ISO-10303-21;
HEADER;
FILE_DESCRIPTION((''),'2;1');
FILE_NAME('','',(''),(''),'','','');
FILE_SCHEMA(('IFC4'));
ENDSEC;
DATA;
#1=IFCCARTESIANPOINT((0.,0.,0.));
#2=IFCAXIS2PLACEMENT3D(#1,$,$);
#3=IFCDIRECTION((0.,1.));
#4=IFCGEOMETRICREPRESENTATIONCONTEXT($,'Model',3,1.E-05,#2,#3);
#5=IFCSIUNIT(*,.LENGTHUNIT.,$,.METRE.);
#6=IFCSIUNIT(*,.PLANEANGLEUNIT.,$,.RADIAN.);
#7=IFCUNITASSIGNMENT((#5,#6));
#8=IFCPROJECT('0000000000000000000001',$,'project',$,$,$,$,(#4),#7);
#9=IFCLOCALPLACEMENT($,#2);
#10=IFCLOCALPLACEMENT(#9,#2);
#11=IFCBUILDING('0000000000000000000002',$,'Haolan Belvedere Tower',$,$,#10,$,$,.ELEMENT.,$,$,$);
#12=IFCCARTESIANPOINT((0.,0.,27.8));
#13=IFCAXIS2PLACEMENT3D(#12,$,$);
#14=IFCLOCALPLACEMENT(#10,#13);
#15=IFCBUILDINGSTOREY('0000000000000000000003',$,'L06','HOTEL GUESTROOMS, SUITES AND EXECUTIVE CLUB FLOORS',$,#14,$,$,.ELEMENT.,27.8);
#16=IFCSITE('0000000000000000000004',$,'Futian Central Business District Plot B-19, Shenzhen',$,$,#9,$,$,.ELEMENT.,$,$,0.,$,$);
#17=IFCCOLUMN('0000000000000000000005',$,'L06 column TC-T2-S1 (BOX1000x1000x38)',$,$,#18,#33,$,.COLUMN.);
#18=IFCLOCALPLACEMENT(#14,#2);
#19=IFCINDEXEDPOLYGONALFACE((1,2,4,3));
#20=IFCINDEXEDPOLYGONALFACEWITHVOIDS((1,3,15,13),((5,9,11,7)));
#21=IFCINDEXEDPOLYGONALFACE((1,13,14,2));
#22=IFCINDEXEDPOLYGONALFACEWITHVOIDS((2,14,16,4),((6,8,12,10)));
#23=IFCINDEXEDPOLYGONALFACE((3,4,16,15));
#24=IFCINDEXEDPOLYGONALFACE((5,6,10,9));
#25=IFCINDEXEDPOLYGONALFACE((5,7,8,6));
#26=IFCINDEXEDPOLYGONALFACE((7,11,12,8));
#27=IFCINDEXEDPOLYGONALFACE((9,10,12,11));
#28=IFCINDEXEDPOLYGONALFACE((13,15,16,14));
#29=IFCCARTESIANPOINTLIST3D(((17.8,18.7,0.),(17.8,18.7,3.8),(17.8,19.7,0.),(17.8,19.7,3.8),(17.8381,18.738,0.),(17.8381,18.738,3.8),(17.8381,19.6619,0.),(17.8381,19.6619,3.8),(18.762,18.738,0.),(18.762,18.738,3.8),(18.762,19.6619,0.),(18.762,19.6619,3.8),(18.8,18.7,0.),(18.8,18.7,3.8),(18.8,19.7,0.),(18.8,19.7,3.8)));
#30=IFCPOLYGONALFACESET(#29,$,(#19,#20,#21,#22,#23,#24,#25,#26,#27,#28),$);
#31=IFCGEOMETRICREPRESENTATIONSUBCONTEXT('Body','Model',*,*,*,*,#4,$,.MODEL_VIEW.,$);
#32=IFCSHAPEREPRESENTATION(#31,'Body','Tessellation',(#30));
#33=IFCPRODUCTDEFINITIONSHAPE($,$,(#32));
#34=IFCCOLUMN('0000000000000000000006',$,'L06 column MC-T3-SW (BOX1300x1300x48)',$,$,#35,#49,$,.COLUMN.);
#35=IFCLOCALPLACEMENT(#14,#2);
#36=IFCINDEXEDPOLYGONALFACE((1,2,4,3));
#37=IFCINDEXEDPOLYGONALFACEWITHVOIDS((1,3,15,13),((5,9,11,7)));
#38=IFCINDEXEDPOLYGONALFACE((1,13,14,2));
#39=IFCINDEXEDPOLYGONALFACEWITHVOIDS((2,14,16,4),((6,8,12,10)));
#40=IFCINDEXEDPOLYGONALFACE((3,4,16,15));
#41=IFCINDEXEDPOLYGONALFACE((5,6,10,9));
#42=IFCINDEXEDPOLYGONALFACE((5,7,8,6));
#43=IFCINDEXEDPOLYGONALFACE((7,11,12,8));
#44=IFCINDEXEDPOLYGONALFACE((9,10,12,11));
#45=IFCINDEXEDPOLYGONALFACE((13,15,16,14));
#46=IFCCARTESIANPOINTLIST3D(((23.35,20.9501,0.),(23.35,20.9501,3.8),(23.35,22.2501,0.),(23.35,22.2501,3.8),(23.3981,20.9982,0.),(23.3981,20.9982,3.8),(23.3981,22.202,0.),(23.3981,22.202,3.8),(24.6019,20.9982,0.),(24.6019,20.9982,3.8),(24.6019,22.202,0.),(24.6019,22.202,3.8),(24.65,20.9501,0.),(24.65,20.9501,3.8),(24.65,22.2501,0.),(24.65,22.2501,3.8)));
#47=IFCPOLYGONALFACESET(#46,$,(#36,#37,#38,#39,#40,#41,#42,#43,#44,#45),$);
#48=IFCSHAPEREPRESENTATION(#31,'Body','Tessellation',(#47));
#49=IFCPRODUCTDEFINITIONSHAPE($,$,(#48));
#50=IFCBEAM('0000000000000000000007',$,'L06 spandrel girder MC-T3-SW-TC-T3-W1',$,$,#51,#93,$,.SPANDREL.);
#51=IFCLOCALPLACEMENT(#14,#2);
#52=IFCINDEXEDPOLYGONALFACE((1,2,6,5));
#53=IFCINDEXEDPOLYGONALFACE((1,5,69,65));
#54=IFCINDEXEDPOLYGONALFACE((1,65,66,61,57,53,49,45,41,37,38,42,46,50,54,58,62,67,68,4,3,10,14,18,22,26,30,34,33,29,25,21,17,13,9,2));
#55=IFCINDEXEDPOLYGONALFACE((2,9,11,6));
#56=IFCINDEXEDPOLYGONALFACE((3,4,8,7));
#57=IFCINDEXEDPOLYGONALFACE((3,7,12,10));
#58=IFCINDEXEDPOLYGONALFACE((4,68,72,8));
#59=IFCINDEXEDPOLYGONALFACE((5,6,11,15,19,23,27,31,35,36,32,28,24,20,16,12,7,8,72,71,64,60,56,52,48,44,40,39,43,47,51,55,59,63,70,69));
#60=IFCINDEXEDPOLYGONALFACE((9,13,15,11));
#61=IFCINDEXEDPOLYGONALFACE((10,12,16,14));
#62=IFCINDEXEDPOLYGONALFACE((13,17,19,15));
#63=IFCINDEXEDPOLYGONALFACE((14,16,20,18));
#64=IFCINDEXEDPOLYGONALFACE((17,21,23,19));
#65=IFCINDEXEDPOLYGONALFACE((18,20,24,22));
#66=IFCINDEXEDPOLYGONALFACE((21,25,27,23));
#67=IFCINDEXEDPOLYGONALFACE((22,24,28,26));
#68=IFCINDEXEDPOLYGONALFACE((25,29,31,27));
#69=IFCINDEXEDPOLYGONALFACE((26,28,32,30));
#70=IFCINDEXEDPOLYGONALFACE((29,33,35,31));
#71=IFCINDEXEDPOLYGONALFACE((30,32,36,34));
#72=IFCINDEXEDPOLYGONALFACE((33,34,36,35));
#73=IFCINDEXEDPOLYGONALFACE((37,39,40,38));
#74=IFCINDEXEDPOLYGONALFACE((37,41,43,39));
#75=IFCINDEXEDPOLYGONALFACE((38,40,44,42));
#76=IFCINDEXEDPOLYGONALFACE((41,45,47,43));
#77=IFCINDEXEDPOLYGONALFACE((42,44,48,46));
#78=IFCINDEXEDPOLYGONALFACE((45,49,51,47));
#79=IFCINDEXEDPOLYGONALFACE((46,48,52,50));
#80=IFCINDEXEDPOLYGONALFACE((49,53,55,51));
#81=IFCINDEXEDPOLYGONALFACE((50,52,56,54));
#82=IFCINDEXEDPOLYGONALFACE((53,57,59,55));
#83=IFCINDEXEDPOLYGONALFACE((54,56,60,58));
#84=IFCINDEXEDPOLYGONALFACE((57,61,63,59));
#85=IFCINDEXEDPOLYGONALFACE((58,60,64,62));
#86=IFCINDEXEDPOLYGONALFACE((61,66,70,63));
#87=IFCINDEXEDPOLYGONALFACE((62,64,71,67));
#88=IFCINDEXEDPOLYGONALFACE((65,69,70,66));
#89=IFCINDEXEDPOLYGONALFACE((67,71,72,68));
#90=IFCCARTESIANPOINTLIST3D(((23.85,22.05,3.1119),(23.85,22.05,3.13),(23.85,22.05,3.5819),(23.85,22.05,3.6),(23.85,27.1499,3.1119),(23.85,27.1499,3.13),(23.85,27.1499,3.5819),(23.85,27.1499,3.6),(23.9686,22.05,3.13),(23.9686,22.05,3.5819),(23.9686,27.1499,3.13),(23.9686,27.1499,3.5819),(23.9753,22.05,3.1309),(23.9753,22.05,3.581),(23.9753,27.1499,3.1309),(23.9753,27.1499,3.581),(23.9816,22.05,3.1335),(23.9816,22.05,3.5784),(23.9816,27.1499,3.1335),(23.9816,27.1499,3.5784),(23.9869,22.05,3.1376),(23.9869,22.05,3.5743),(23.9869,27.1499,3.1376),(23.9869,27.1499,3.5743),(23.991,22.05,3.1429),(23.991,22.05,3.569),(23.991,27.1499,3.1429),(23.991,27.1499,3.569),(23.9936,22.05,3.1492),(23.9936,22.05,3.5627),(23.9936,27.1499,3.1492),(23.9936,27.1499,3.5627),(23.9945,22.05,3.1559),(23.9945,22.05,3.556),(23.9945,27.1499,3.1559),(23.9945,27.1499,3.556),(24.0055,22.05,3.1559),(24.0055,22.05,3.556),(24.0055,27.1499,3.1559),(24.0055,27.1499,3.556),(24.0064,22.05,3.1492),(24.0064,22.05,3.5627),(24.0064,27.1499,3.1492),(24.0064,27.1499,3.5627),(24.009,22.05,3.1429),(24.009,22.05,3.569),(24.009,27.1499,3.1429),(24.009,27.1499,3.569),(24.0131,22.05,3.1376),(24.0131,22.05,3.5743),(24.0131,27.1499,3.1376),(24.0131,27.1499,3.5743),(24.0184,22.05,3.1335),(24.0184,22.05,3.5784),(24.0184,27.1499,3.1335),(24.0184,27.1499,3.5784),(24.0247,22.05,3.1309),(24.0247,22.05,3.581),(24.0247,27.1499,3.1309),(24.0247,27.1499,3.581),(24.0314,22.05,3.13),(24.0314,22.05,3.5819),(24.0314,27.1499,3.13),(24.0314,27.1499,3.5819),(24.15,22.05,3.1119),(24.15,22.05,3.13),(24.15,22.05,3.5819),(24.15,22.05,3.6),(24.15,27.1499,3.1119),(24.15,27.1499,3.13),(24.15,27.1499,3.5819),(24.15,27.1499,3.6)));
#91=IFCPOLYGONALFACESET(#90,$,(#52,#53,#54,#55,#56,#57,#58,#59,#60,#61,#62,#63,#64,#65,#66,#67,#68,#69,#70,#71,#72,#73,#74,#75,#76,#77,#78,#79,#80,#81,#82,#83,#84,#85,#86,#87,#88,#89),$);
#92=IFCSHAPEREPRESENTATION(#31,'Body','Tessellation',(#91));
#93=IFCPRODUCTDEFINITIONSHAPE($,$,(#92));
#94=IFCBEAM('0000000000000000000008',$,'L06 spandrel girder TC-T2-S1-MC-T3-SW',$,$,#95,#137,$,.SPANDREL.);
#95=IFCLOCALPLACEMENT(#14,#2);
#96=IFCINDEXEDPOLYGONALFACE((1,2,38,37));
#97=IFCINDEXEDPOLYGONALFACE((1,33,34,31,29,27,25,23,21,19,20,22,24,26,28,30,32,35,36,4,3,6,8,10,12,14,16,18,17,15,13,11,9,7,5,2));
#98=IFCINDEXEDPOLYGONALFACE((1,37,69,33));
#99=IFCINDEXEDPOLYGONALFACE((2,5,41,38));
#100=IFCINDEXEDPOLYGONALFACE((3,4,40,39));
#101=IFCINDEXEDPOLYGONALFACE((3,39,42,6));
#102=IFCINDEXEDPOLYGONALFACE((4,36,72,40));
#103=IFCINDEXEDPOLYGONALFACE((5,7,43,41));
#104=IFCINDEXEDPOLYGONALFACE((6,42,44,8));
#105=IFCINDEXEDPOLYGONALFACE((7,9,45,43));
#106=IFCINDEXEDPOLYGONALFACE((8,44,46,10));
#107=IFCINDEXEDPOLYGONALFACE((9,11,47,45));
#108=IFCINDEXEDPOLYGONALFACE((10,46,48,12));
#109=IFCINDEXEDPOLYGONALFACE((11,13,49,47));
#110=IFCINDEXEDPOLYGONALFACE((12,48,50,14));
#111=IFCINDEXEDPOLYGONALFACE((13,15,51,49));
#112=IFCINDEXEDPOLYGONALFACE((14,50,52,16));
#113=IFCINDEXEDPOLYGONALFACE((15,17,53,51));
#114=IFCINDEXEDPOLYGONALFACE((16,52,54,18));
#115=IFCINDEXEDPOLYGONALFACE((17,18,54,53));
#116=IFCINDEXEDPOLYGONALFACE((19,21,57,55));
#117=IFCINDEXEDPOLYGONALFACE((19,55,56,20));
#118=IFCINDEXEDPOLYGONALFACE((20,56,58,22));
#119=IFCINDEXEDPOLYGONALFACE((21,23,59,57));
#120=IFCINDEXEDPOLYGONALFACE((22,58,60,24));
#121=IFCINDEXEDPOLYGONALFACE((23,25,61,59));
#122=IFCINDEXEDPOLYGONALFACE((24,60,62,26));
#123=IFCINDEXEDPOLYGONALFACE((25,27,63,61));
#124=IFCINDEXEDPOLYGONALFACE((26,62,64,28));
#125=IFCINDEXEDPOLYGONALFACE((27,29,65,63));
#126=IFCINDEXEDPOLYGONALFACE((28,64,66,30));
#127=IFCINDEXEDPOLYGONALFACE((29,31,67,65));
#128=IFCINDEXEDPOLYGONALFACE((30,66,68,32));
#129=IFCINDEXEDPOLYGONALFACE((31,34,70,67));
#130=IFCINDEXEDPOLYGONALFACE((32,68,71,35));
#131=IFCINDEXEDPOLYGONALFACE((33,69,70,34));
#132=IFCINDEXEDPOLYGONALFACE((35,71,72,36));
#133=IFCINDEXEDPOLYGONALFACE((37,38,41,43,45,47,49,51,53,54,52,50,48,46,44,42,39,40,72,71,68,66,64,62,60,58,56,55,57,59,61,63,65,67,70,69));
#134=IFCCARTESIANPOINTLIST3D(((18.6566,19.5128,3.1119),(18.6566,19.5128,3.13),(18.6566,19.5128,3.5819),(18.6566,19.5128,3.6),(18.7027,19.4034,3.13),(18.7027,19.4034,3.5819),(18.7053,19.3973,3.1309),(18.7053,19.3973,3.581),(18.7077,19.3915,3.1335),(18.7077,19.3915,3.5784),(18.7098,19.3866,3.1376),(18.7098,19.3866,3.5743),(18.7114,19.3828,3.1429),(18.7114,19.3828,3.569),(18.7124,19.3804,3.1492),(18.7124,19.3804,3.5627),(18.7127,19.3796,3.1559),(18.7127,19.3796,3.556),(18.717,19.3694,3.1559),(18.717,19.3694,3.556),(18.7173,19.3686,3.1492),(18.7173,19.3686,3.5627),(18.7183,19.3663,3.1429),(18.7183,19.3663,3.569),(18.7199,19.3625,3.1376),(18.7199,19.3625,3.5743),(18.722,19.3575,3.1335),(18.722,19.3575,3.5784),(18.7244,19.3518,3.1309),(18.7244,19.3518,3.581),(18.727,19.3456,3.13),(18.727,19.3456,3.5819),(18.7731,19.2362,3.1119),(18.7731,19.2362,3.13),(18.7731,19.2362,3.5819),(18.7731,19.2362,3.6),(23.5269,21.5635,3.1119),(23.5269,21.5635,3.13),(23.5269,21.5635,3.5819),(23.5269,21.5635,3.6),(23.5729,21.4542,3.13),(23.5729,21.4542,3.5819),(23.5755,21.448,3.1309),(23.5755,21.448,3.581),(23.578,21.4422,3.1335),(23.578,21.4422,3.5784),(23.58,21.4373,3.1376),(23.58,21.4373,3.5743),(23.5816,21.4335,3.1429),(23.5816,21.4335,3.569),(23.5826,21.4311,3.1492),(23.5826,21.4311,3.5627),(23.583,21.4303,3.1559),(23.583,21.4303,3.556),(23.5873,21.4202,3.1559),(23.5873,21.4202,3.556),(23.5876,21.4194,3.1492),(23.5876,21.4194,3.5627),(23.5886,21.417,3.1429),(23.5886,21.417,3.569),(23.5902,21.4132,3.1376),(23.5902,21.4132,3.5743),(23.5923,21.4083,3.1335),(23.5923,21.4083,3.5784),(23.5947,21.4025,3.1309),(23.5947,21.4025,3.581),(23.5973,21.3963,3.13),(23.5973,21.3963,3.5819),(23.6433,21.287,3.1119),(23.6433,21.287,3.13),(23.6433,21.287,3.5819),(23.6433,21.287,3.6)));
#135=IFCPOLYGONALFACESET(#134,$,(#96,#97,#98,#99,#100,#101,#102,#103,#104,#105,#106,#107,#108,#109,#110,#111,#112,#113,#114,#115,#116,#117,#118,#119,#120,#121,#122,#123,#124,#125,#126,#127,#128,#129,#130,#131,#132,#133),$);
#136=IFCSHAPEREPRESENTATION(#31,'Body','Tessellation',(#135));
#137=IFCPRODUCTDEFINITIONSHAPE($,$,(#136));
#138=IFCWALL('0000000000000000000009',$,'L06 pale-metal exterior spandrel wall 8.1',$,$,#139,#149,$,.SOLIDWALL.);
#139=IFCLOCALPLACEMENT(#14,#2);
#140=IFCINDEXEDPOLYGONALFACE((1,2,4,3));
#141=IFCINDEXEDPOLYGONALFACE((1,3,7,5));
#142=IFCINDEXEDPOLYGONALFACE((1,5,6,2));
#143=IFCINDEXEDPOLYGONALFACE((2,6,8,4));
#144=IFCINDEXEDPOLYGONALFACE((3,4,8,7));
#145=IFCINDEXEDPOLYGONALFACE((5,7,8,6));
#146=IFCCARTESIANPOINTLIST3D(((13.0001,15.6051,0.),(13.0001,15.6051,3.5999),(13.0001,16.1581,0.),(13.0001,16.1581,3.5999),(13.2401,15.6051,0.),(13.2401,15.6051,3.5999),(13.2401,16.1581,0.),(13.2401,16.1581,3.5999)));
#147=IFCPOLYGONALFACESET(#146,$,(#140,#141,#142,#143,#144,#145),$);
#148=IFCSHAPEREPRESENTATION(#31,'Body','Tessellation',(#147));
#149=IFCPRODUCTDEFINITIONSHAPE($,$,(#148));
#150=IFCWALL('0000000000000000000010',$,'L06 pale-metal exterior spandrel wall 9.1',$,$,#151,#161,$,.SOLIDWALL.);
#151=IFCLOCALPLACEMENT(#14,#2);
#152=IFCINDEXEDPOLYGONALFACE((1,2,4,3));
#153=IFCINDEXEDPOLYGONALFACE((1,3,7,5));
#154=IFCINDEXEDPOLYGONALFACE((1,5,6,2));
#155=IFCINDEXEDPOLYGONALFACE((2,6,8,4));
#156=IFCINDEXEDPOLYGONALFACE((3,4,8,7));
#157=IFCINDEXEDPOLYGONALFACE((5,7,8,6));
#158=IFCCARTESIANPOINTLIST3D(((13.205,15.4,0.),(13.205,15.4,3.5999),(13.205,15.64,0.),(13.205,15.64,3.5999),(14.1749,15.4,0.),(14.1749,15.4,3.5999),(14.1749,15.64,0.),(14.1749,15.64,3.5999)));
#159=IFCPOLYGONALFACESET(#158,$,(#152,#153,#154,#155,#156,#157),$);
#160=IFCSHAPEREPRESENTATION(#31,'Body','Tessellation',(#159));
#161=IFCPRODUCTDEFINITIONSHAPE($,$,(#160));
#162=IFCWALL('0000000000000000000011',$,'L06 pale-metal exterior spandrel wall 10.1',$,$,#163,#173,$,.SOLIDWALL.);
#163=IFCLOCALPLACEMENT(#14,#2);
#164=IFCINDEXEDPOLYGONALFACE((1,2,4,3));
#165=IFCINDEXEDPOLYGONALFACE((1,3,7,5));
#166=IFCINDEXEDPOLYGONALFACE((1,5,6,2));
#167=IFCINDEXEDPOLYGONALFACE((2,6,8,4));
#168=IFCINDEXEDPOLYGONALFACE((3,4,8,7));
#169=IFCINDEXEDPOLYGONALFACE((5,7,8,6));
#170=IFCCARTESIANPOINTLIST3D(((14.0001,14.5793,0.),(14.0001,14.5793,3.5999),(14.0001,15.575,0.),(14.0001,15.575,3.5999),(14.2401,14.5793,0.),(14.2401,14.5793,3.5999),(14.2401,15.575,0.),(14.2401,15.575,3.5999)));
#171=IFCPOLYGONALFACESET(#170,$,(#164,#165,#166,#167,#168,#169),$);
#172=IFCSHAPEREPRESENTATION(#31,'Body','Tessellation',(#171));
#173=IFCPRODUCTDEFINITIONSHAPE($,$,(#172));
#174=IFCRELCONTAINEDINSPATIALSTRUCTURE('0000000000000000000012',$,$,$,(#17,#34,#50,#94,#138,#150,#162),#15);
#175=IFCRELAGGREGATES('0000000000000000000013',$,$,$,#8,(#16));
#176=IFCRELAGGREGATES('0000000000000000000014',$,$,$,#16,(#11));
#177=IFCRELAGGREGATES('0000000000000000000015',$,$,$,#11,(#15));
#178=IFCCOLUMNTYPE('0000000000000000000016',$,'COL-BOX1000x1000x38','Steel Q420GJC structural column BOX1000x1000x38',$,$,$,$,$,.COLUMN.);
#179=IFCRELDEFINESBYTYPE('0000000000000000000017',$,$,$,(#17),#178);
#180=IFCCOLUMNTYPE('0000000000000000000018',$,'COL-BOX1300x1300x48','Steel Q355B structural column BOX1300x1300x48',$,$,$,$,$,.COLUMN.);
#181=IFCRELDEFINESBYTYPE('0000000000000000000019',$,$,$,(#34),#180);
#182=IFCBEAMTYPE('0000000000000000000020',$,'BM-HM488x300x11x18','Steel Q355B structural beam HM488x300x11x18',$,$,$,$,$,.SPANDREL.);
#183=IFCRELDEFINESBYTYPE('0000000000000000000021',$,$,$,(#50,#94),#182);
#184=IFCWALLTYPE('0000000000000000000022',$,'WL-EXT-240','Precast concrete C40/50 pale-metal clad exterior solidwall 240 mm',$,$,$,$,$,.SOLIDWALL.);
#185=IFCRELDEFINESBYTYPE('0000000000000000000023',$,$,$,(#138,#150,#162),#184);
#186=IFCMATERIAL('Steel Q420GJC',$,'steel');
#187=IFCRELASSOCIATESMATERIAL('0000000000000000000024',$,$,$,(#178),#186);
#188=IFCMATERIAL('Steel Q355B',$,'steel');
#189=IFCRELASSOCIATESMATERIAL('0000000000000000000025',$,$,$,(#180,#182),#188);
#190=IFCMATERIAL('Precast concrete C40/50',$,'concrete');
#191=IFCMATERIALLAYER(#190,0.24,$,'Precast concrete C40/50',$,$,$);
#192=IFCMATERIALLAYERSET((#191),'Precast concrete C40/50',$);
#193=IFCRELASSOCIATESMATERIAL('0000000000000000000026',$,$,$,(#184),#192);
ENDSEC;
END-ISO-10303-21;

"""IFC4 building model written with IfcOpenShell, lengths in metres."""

from ifc_helpers import new_model, si_unit, direction, frame, frame_2d, origin, origin_2d, place, context, subcontext, project, spatial, rectangle, hollow_rectangle, i_section, extrude, material, layer, layer_set, material_profile, profile_set, type_object, element, save


model = new_model("IFC4")

# Units and contexts
model_context = context("Model", 3, precision=1e-05, world=origin(), true_north=direction((0.0, 1.0)))
body_context = subcontext(model_context, "Body", "Model", "MODEL_VIEW")
ifc_project = project(units=[si_unit("LENGTHUNIT", "METRE"), si_unit("PLANEANGLEUNIT", "RADIAN")], contexts=[model_context])

# Site, building, storey
site_placement = place(None, origin())
site = spatial("IfcSite", under=ifc_project, at=site_placement, Name="Futian Central Business District Plot B-19, Shenzhen", CompositionType="ELEMENT", RefElevation=0.0)
building_placement = place(site_placement, origin())
building = spatial("IfcBuilding", under=site, at=building_placement, Name="Haolan Belvedere Tower", CompositionType="ELEMENT")
storey_placement = place(building_placement, frame((0.0, 0.0, 27.8)))
storey = spatial("IfcBuildingStorey", under=building, at=storey_placement, Name="L06", Description="HOTEL GUESTROOMS, SUITES AND EXECUTIVE CLUB FLOORS", CompositionType="ELEMENT", Elevation=27.8)

# Columns
ifc_material_1 = material(Name="Steel Q420GJC", Category="steel")
ifc_material_profile_1 = material_profile(ifc_material_1, hollow_rectangle(XDim=1.0, YDim=1.0, WallThickness=0.0381, at=origin_2d()), Name="Steel Q420GJC")
ifc_profile_set_1 = profile_set([ifc_material_profile_1], Name="Steel Q420GJC")
column_type_1 = type_object("IfcColumnType", Name="COL-BOX1000x1000x38", Description="Steel Q420GJC structural column BOX1000x1000x38", PredefinedType="COLUMN", material=ifc_profile_set_1)
column_1_placement = place(storey_placement, frame((18.3, 19.2, 0.0), z_axis=(0.0, 0.0, 1.0), x_axis=(1.0, 0.0, 0.0)))
element("IfcColumn", 1, at=column_1_placement, inside=storey, type_object=column_type_1, Name="L06 column TC-T2-S1 (BOX1000x1000x38)", PredefinedType="COLUMN", context=body_context, shape_type="SweptSolid", body=[
    extrude(hollow_rectangle(XDim=1.0, YDim=1.0, WallThickness=0.0381, at=origin_2d()), origin(), (0.0, 0.0, 1.0), 3.8),
])
ifc_material_2 = material(Name="Steel Q355B", Category="steel")
ifc_material_profile_2 = material_profile(ifc_material_2, hollow_rectangle(XDim=1.3, YDim=1.3, WallThickness=0.0481, at=origin_2d()), Name="Steel Q355B")
ifc_profile_set_2 = profile_set([ifc_material_profile_2], Name="Steel Q355B")
column_type_2 = type_object("IfcColumnType", Name="COL-BOX1300x1300x48", Description="Steel Q355B structural column BOX1300x1300x48", PredefinedType="COLUMN", material=ifc_profile_set_2)
column_2_placement = place(storey_placement, frame((24.0, 21.6001, 0.0), z_axis=(0.0, 0.0, 1.0), x_axis=(1.0, 0.0, 0.0)))
element("IfcColumn", 2, at=column_2_placement, inside=storey, type_object=column_type_2, Name="L06 column MC-T3-SW (BOX1300x1300x48)", PredefinedType="COLUMN", context=body_context, shape_type="SweptSolid", body=[
    extrude(hollow_rectangle(XDim=1.3, YDim=1.3, WallThickness=0.0481, at=origin_2d()), origin(), (0.0, 0.0, 1.0), 3.8),
])

# Beams
ifc_material_profile_3 = material_profile(ifc_material_2, i_section(OverallWidth=0.3, OverallDepth=0.488, WebThickness=0.011, FlangeThickness=0.0181, FilletRadius=0.0259, at=origin_2d()), Name="Steel Q355B")
ifc_profile_set_3 = profile_set([ifc_material_profile_3], Name="Steel Q355B")
beam_type = type_object("IfcBeamType", Name="BM-HM488x300x11x18", Description="Steel Q355B structural beam HM488x300x11x18", PredefinedType="SPANDREL", material=ifc_profile_set_3)
beam_1_placement = place(storey_placement, frame((24.0, 22.05, 3.356), z_axis=(0.0, 1.0, 0.0), x_axis=(-1.0, 0.0, 0.0)))
element("IfcBeam", 3, at=beam_1_placement, inside=storey, type_object=beam_type, Name="L06 spandrel girder MC-T3-SW-TC-T3-W1", PredefinedType="SPANDREL", context=body_context, shape_type="SweptSolid", body=[
    extrude(i_section(OverallWidth=0.3, OverallDepth=0.488, WebThickness=0.011, FlangeThickness=0.0181, FilletRadius=0.0259, at=origin_2d()), origin(), (0.0, 0.0, 1.0), 5.0999),
])
beam_2_placement = place(storey_placement, frame((18.7148, 19.3745, 3.356), z_axis=(0.921628, 0.388074, 0.0), x_axis=(-0.388074, 0.921628, 0.0)))
element("IfcBeam", 4, at=beam_2_placement, inside=storey, type_object=beam_type, Name="L06 spandrel girder TC-T2-S1-MC-T3-SW", PredefinedType="SPANDREL", context=body_context, shape_type="SweptSolid", body=[
    extrude(i_section(OverallWidth=0.3, OverallDepth=0.488, WebThickness=0.011, FlangeThickness=0.0181, FilletRadius=0.0259, at=origin_2d()), origin(), (0.0, 0.0, 1.0), 5.2844),
])

# Walls
ifc_material_3 = material(Name="Precast concrete C40/50", Category="concrete")
ifc_layer_1 = layer(ifc_material_3, 0.24, Name="Precast concrete C40/50")
ifc_layer_set_1 = layer_set([ifc_layer_1], Name="Precast concrete C40/50")
wall_type_1 = type_object("IfcWallType", Name="WL-EXT-240", Description="Precast concrete C40/50 pale-metal clad exterior solidwall 240 mm", PredefinedType="SOLIDWALL", material=ifc_layer_set_1)
wall_1_placement = place(storey_placement, frame((13.1201, 16.158, 0.0), z_axis=(0.0, 0.0, 1.0), x_axis=(0.0, -1.0, 0.0)))
element("IfcWall", 5, at=wall_1_placement, inside=storey, type_object=wall_type_1, Name="L06 pale-metal exterior spandrel wall 8.1", PredefinedType="SOLIDWALL", context=body_context, shape_type="SweptSolid", body=[
    extrude(rectangle(XDim=0.553, YDim=0.24, at=frame_2d((0.2764, 0.0))), origin(), (0.0, 0.0, 1.0), 3.5999),
])
wall_2_placement = place(storey_placement, frame((13.2051, 15.52, 0.0), z_axis=(0.0, 0.0, 1.0), x_axis=(1.0, 0.0, 0.0)))
element("IfcWall", 6, at=wall_2_placement, inside=storey, type_object=wall_type_1, Name="L06 pale-metal exterior spandrel wall 9.1", PredefinedType="SOLIDWALL", context=body_context, shape_type="SweptSolid", body=[
    extrude(rectangle(XDim=0.97, YDim=0.24, at=frame_2d((0.4849, 0.0))), origin(), (0.0, 0.0, 1.0), 3.5999),
])
wall_3_placement = place(storey_placement, frame((14.1201, 15.575, 0.0), z_axis=(0.0, 0.0, 1.0), x_axis=(0.0, -1.0, 0.0)))
element("IfcWall", 7, at=wall_3_placement, inside=storey, type_object=wall_type_1, Name="L06 pale-metal exterior spandrel wall 10.1", PredefinedType="SOLIDWALL", context=body_context, shape_type="SweptSolid", body=[
    extrude(rectangle(XDim=0.9956, YDim=0.24, at=frame_2d((0.4978, 0.0))), origin(), (0.0, 0.0, 1.0), 3.5999),
])

save(model, "model.ifc")
